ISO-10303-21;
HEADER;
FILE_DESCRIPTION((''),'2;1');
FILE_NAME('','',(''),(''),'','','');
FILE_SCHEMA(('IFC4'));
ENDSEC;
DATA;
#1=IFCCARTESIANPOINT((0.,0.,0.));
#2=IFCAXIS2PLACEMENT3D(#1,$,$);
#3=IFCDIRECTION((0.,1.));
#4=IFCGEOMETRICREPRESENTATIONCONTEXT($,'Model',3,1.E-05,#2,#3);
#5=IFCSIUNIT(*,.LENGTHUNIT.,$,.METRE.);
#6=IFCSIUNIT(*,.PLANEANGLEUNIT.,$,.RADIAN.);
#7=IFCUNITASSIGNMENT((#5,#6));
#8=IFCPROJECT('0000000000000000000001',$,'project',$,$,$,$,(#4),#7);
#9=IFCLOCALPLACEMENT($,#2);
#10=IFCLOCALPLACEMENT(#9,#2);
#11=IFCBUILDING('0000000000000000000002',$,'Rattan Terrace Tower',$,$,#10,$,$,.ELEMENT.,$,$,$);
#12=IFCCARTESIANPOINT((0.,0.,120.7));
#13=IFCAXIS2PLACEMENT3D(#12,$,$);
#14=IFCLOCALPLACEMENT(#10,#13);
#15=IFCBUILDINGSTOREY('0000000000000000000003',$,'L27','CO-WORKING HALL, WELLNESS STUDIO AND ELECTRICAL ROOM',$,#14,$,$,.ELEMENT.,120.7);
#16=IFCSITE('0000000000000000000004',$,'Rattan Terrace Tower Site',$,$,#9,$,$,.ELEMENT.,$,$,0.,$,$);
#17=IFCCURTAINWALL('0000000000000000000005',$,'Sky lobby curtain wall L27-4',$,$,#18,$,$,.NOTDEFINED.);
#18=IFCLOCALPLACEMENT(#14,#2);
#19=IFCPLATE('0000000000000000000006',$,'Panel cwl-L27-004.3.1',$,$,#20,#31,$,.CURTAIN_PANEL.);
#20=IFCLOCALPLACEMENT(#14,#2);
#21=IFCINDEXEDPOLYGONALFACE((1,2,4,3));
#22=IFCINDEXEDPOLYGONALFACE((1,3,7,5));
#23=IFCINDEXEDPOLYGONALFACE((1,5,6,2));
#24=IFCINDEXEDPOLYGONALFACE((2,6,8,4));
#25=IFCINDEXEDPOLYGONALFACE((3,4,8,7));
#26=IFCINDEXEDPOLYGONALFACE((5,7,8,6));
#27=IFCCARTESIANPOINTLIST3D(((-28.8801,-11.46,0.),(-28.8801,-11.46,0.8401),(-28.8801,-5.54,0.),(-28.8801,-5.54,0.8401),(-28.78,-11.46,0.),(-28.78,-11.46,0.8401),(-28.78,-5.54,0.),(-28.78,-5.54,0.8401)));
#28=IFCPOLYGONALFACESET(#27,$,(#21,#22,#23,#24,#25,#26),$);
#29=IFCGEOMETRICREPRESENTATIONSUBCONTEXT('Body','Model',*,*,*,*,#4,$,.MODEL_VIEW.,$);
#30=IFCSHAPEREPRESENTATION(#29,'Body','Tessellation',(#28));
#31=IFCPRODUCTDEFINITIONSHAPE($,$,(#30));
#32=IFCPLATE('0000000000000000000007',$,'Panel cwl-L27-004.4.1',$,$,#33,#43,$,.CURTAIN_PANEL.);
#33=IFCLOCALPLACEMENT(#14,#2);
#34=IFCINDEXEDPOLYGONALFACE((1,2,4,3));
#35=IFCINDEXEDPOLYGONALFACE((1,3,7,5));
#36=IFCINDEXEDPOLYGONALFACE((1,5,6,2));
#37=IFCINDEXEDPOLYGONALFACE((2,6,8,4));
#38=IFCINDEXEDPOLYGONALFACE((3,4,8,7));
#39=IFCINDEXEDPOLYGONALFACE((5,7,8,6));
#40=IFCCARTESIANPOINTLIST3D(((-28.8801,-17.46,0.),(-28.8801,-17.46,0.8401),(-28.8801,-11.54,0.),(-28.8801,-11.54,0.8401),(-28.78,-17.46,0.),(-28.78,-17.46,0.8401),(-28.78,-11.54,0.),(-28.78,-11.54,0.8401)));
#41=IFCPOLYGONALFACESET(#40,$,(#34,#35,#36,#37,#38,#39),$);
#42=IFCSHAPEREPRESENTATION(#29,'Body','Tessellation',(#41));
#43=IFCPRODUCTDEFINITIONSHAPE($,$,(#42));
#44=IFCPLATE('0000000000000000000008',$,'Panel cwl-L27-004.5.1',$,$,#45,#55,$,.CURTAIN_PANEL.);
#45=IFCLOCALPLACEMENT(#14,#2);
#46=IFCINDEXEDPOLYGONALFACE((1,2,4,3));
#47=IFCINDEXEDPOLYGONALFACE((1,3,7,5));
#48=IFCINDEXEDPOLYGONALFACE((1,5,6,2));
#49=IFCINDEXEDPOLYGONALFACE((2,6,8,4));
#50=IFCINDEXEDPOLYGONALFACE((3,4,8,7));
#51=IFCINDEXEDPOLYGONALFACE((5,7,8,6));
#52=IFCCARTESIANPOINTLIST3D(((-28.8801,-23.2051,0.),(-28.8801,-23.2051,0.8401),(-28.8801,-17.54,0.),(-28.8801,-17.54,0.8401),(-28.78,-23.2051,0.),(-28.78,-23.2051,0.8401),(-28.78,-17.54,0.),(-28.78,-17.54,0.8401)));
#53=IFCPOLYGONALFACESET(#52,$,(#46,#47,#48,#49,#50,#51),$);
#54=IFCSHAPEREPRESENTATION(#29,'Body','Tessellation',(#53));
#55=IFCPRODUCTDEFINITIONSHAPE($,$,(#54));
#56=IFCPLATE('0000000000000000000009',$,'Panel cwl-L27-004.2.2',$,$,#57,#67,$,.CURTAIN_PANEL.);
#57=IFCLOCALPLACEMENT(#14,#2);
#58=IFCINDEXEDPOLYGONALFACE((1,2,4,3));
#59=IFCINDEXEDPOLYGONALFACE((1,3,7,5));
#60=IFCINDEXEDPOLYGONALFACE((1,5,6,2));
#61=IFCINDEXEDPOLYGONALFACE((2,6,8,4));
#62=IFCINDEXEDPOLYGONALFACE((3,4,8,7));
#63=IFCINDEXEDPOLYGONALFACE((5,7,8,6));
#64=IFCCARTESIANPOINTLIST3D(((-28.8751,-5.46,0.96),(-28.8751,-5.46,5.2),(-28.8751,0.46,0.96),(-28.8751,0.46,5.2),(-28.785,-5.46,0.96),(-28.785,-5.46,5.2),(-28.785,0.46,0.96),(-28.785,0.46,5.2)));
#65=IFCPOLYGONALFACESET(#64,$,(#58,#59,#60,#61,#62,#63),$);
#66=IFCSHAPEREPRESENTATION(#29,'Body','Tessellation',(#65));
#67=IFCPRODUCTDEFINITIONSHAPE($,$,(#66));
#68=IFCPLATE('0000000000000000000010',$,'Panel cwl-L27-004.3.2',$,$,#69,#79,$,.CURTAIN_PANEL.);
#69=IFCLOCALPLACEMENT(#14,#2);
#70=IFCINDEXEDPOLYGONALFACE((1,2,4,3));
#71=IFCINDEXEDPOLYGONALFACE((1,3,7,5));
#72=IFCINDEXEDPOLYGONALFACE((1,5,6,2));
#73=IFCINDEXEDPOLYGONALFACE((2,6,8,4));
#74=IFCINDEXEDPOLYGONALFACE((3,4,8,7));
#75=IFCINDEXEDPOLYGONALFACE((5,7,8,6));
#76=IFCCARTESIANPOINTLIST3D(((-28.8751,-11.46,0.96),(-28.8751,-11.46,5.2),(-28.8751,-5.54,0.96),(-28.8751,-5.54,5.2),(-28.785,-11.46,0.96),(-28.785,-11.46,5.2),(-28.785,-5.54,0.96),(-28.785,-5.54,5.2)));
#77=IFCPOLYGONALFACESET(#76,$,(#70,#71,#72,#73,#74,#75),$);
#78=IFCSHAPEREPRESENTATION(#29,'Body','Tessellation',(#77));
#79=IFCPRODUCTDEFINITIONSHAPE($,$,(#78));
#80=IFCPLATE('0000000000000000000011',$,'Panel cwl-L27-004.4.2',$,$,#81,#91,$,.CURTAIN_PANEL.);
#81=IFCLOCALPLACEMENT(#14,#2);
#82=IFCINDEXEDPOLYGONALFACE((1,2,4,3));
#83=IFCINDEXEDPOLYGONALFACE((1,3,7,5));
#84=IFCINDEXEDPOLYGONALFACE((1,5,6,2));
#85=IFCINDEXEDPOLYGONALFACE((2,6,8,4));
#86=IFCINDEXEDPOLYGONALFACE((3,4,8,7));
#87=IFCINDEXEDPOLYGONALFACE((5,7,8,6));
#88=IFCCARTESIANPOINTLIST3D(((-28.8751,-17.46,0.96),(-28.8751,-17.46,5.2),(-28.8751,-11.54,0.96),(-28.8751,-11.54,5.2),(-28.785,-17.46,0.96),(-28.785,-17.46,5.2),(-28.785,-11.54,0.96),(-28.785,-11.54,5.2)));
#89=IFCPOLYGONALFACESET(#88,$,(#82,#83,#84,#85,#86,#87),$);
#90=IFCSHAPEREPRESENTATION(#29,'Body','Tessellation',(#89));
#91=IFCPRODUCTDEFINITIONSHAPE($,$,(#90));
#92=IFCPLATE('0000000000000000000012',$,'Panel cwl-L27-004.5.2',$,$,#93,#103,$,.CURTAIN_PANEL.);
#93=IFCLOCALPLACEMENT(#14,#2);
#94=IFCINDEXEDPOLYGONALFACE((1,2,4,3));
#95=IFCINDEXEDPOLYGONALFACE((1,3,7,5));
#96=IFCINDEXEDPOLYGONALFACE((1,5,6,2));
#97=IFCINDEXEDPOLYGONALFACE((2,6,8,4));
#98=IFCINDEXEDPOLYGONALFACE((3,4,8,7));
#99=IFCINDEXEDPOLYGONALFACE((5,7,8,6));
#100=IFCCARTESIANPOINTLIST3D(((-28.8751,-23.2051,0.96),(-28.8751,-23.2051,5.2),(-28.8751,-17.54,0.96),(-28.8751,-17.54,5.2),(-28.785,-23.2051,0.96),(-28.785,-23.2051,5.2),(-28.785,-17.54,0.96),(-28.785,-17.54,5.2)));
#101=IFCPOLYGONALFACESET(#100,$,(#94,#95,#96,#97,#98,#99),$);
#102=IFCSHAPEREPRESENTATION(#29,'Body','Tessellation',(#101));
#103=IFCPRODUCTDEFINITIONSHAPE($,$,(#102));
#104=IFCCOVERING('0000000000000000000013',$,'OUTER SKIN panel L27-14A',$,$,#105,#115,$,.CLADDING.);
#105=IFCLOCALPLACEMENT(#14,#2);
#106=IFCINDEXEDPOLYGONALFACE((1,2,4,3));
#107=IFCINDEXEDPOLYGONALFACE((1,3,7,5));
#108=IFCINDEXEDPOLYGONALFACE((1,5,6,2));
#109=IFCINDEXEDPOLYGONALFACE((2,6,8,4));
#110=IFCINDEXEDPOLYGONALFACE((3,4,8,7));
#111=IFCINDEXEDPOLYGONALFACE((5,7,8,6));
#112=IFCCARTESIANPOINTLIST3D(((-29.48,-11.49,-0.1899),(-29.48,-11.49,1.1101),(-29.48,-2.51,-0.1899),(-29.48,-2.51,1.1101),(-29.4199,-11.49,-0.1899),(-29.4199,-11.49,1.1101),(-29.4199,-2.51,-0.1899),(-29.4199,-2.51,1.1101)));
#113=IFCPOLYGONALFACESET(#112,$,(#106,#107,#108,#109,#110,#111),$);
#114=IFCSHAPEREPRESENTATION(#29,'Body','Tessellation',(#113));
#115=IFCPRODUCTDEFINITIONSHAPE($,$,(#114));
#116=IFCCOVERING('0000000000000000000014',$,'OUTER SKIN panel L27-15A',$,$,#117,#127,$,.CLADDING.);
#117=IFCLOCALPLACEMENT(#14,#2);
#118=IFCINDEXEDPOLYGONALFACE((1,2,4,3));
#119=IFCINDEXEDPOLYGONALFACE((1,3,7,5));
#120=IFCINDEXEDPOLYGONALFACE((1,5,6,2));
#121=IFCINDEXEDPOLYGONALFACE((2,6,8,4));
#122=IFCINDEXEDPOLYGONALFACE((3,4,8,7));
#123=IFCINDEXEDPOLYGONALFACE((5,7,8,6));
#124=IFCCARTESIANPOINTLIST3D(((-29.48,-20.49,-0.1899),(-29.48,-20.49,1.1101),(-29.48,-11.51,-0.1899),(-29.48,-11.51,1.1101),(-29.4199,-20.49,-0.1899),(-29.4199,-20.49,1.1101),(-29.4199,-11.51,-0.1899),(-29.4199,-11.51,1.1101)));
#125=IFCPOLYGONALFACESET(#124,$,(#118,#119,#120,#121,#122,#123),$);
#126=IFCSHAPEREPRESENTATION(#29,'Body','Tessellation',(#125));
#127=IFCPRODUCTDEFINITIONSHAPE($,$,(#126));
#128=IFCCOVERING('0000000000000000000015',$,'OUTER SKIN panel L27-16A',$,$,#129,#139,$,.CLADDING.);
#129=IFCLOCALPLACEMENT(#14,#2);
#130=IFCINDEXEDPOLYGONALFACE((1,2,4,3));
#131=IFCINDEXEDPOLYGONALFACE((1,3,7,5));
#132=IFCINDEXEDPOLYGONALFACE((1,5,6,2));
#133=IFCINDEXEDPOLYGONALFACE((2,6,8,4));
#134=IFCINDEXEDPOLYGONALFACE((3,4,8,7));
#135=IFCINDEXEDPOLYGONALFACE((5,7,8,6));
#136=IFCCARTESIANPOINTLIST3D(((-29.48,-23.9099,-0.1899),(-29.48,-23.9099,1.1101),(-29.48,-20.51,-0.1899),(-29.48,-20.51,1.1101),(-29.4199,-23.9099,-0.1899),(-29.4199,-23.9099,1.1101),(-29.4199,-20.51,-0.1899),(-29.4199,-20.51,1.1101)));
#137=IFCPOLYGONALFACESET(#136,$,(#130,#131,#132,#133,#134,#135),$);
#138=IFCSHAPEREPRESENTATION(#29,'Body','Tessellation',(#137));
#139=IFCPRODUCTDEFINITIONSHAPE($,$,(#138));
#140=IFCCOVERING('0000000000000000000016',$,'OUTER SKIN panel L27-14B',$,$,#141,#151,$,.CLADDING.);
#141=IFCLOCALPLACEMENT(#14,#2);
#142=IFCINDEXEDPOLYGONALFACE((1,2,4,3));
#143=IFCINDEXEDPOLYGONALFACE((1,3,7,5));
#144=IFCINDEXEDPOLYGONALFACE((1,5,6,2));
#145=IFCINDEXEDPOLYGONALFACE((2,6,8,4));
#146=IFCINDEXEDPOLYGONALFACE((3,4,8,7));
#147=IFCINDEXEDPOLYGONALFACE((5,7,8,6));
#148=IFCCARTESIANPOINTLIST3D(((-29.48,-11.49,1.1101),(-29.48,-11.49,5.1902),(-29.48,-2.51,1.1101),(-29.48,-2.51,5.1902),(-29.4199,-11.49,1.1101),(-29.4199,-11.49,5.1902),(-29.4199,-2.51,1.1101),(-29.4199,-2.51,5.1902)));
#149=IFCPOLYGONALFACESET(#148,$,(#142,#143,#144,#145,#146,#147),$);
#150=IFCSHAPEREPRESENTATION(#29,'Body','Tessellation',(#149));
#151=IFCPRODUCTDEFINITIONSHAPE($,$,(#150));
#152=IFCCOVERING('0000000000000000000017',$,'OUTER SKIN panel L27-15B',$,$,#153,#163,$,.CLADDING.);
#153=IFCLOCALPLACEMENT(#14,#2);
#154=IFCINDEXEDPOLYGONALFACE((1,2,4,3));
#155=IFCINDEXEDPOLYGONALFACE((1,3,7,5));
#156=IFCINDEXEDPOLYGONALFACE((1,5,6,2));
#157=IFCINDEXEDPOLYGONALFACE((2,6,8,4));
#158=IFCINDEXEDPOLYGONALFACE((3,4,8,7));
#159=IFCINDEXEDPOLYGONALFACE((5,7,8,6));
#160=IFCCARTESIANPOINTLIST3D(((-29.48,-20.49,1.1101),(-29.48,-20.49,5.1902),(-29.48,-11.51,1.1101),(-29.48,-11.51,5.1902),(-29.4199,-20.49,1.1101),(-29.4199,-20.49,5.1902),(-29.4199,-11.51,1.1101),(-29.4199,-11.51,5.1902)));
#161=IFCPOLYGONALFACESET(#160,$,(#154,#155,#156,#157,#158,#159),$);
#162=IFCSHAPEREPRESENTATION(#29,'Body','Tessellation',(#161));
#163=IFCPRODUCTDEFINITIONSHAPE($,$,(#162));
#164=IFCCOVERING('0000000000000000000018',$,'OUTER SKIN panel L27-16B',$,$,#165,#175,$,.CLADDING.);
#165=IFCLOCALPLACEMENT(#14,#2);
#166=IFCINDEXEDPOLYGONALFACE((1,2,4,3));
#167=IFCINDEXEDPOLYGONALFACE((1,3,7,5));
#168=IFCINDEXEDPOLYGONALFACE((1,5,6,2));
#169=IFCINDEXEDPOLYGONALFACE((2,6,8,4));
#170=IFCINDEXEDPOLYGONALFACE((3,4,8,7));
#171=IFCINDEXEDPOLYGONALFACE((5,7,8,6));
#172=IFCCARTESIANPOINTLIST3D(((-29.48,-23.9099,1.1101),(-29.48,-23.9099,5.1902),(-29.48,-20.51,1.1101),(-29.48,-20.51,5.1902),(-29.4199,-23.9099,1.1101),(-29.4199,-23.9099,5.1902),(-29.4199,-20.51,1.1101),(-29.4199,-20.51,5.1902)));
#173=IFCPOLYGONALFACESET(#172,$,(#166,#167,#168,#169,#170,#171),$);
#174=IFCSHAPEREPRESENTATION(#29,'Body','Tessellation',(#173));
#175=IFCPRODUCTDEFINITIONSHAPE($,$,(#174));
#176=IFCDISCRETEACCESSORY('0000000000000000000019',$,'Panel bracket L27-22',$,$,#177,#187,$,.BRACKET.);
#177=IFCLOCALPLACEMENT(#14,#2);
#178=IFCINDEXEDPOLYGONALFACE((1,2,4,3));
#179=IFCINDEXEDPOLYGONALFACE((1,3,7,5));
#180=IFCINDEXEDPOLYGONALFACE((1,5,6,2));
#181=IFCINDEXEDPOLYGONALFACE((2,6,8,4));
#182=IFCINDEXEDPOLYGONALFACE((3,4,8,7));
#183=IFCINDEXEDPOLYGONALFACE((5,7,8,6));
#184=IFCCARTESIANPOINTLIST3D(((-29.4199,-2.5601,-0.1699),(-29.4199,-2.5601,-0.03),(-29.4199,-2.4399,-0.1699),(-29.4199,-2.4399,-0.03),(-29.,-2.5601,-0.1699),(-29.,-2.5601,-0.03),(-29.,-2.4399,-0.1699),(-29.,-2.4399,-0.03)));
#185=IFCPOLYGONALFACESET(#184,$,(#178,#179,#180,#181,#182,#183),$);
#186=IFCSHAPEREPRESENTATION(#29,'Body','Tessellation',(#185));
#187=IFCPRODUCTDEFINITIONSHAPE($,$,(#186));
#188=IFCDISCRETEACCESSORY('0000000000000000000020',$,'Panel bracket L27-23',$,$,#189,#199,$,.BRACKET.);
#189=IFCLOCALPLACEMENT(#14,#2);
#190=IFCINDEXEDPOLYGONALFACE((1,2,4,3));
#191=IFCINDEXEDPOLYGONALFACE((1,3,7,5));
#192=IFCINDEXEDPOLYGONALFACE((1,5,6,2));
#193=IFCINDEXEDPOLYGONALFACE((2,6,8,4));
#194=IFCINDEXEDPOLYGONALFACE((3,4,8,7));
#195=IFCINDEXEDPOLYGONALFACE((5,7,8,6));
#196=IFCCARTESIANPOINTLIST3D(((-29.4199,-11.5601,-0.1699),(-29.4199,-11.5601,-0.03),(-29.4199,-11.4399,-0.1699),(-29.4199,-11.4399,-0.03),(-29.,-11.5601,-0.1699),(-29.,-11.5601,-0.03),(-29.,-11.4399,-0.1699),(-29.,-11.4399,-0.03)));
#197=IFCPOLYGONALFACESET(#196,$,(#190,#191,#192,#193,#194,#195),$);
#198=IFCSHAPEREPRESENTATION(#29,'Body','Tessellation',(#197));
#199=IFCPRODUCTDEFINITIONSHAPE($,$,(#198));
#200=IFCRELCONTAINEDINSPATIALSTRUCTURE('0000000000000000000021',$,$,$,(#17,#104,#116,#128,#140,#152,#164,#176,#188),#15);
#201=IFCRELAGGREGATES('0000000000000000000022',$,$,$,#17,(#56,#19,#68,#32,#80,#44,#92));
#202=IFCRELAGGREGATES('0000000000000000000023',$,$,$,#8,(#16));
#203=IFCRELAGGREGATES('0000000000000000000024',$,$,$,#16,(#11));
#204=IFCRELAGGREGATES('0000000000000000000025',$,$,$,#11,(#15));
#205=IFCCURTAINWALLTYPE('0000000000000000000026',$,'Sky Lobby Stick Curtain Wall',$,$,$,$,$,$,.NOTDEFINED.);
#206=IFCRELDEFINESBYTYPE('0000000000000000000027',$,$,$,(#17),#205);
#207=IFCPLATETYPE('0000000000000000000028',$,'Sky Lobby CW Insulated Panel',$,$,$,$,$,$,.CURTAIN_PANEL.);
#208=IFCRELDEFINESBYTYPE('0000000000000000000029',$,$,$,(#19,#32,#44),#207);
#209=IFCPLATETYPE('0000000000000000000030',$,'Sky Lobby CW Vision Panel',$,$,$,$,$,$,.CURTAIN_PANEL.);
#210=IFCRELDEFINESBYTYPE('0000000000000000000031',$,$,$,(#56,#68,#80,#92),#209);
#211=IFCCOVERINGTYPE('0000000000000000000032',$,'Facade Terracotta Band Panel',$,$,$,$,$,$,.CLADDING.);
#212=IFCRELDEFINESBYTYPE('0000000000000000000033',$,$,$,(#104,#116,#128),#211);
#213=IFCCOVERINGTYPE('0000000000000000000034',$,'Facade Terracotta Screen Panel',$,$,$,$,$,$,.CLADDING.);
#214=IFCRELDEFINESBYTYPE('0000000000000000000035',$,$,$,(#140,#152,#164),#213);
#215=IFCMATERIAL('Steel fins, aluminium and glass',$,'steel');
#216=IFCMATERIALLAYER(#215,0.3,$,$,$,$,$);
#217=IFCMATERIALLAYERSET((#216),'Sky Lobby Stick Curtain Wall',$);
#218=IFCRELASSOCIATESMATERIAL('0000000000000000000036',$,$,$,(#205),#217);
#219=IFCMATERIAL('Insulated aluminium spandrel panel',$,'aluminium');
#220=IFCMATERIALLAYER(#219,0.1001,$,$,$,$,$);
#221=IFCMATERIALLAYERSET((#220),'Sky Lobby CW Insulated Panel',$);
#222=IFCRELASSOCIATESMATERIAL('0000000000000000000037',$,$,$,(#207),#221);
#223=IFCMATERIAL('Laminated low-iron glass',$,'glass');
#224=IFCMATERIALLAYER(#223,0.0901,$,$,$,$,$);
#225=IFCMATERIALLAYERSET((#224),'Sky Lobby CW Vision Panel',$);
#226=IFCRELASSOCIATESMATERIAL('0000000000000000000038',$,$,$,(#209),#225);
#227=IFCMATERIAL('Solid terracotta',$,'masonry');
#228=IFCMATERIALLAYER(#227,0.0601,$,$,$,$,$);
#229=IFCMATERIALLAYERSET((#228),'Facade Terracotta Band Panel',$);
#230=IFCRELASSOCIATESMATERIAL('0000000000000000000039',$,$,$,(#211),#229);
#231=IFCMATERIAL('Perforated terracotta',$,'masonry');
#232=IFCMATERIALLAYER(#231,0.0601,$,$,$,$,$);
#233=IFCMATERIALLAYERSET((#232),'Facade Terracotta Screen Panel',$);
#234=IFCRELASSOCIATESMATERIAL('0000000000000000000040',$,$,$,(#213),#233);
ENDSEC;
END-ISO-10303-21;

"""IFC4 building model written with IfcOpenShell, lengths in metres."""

from ifc_helpers import new_model, si_unit, direction, frame, origin, origin_2d, place, context, subcontext, project, spatial, rectangle, extrude, material, layer, layer_set, type_object, element, aggregate, save


model = new_model("IFC4")

# Units and contexts
model_context = context("Model", 3, precision=1e-05, world=origin(), true_north=direction((0.0, 1.0)))
body_context = subcontext(model_context, "Body", "Model", "MODEL_VIEW")
ifc_project = project(units=[si_unit("LENGTHUNIT", "METRE"), si_unit("PLANEANGLEUNIT", "RADIAN")], contexts=[model_context])

# Site, building, storey
site_placement = place(None, origin())
site = spatial("IfcSite", under=ifc_project, at=site_placement, Name="Rattan Terrace Tower Site", CompositionType="ELEMENT", RefElevation=0.0)
building_placement = place(site_placement, origin())
building = spatial("IfcBuilding", under=site, at=building_placement, Name="Rattan Terrace Tower", CompositionType="ELEMENT")
storey_placement = place(building_placement, frame((0.0, 0.0, 120.7)))
storey = spatial("IfcBuildingStorey", under=building, at=storey_placement, Name="L27", Description="CO-WORKING HALL, WELLNESS STUDIO AND ELECTRICAL ROOM", CompositionType="ELEMENT", Elevation=120.7)

# Curtain wall, plates
ifc_material_1 = material(Name="Steel fins, aluminium and glass", Category="steel")
ifc_layer_1 = layer(ifc_material_1, 0.3)
ifc_layer_set_1 = layer_set([ifc_layer_1], Name="Sky Lobby Stick Curtain Wall")
curtain_wall_type = type_object("IfcCurtainWallType", Name="Sky Lobby Stick Curtain Wall", PredefinedType="NOTDEFINED", material=ifc_layer_set_1)
curtain_wall_placement = place(storey_placement, origin())
curtain_wall = element("IfcCurtainWall", 1, at=curtain_wall_placement, inside=storey, type_object=curtain_wall_type, Name="Sky lobby curtain wall L27-4", PredefinedType="NOTDEFINED")
ifc_material_2 = material(Name="Insulated aluminium spandrel panel", Category="aluminium")
ifc_layer_2 = layer(ifc_material_2, 0.1001)
ifc_layer_set_2 = layer_set([ifc_layer_2], Name="Sky Lobby CW Insulated Panel")
plate_type_1 = type_object("IfcPlateType", Name="Sky Lobby CW Insulated Panel", PredefinedType="CURTAIN_PANEL", material=ifc_layer_set_2)
plate_1_placement = place(storey_placement, frame((-28.8301, -8.5, 0.0), z_axis=(0.0, 0.0, 1.0), x_axis=(0.0, -1.0, 0.0)))
plate_1 = element("IfcPlate", 2, at=plate_1_placement, type_object=plate_type_1, Name="Panel cwl-L27-004.3.1", PredefinedType="CURTAIN_PANEL", context=body_context, shape_type="SweptSolid", body=[
    extrude(rectangle(XDim=5.9199, YDim=0.1001, at=origin_2d()), origin(), (0.0, 0.0, 1.0), 0.8401),
])
plate_2_placement = place(storey_placement, frame((-28.8301, -14.5, 0.0), z_axis=(0.0, 0.0, 1.0), x_axis=(0.0, -1.0, 0.0)))
plate_2 = element("IfcPlate", 3, at=plate_2_placement, type_object=plate_type_1, Name="Panel cwl-L27-004.4.1", PredefinedType="CURTAIN_PANEL", context=body_context, shape_type="SweptSolid", body=[
    extrude(rectangle(XDim=5.9199, YDim=0.1001, at=origin_2d()), origin(), (0.0, 0.0, 1.0), 0.8401),
])
plate_3_placement = place(storey_placement, frame((-28.8301, -20.3726, 0.0), z_axis=(0.0, 0.0, 1.0), x_axis=(0.0, -1.0, 0.0)))
plate_3 = element("IfcPlate", 4, at=plate_3_placement, type_object=plate_type_1, Name="Panel cwl-L27-004.5.1", PredefinedType="CURTAIN_PANEL", context=body_context, shape_type="SweptSolid", body=[
    extrude(rectangle(XDim=5.665, YDim=0.1001, at=origin_2d()), origin(), (0.0, 0.0, 1.0), 0.8401),
])
ifc_material_3 = material(Name="Laminated low-iron glass", Category="glass")
ifc_layer_3 = layer(ifc_material_3, 0.0901)
ifc_layer_set_3 = layer_set([ifc_layer_3], Name="Sky Lobby CW Vision Panel")
plate_type_2 = type_object("IfcPlateType", Name="Sky Lobby CW Vision Panel", PredefinedType="CURTAIN_PANEL", material=ifc_layer_set_3)
plate_4_placement = place(storey_placement, frame((-28.8301, -2.5, 0.96), z_axis=(0.0, 0.0, 1.0), x_axis=(0.0, -1.0, 0.0)))
plate_4 = element("IfcPlate", 5, at=plate_4_placement, type_object=plate_type_2, Name="Panel cwl-L27-004.2.2", PredefinedType="CURTAIN_PANEL", context=body_context, shape_type="SweptSolid", body=[
    extrude(rectangle(XDim=5.9199, YDim=0.0901, at=origin_2d()), origin(), (0.0, 0.0, 1.0), 4.24),
])
plate_5_placement = place(storey_placement, frame((-28.8301, -8.5, 0.96), z_axis=(0.0, 0.0, 1.0), x_axis=(0.0, -1.0, 0.0)))
plate_5 = element("IfcPlate", 6, at=plate_5_placement, type_object=plate_type_2, Name="Panel cwl-L27-004.3.2", PredefinedType="CURTAIN_PANEL", context=body_context, shape_type="SweptSolid", body=[
    extrude(rectangle(XDim=5.9199, YDim=0.0901, at=origin_2d()), origin(), (0.0, 0.0, 1.0), 4.24),
])
plate_6_placement = place(storey_placement, frame((-28.8301, -14.5, 0.96), z_axis=(0.0, 0.0, 1.0), x_axis=(0.0, -1.0, 0.0)))
plate_6 = element("IfcPlate", 7, at=plate_6_placement, type_object=plate_type_2, Name="Panel cwl-L27-004.4.2", PredefinedType="CURTAIN_PANEL", context=body_context, shape_type="SweptSolid", body=[
    extrude(rectangle(XDim=5.9199, YDim=0.0901, at=origin_2d()), origin(), (0.0, 0.0, 1.0), 4.24),
])
plate_7_placement = place(storey_placement, frame((-28.8301, -20.3726, 0.96), z_axis=(0.0, 0.0, 1.0), x_axis=(0.0, -1.0, 0.0)))
plate_7 = element("IfcPlate", 8, at=plate_7_placement, type_object=plate_type_2, Name="Panel cwl-L27-004.5.2", PredefinedType="CURTAIN_PANEL", context=body_context, shape_type="SweptSolid", body=[
    extrude(rectangle(XDim=5.665, YDim=0.0901, at=origin_2d()), origin(), (0.0, 0.0, 1.0), 4.24),
])
aggregate(curtain_wall, [plate_4, plate_1, plate_5, plate_2, plate_6, plate_3, plate_7])

# Coverings
ifc_material_4 = material(Name="Solid terracotta", Category="masonry")
ifc_layer_4 = layer(ifc_material_4, 0.0601)
ifc_layer_set_4 = layer_set([ifc_layer_4], Name="Facade Terracotta Band Panel")
covering_type_1 = type_object("IfcCoveringType", Name="Facade Terracotta Band Panel", PredefinedType="CLADDING", material=ifc_layer_set_4)
for number, where, z_axis, x_axis, name in (
    (9, (-29.45, -7.0, -0.1899), (0.0, 0.0, 1.0), (0.0, -1.0, 0.0), "OUTER SKIN panel L27-14A"),
    (10, (-29.45, -16.0, -0.1899), (0.0, 0.0, 1.0), (0.0, -1.0, 0.0), "OUTER SKIN panel L27-15A"),
):
    element("IfcCovering", number, at=place(storey_placement, frame(where, z_axis=z_axis, x_axis=x_axis)), inside=storey, type_object=covering_type_1, Name=name, PredefinedType="CLADDING", context=body_context, shape_type="SweptSolid", body=[
        extrude(rectangle(XDim=8.98, YDim=0.0601, at=origin_2d()), origin(), (0.0, 0.0, 1.0), 1.3),
    ])
covering_1_placement = place(storey_placement, frame((-29.45, -22.21, -0.1899), z_axis=(0.0, 0.0, 1.0), x_axis=(0.0, -1.0, 0.0)))
element("IfcCovering", 11, at=covering_1_placement, inside=storey, type_object=covering_type_1, Name="OUTER SKIN panel L27-16A", PredefinedType="CLADDING", context=body_context, shape_type="SweptSolid", body=[
    extrude(rectangle(XDim=3.3999, YDim=0.0601, at=origin_2d()), origin(), (0.0, 0.0, 1.0), 1.3),
])
ifc_material_5 = material(Name="Perforated terracotta", Category="masonry")
ifc_layer_5 = layer(ifc_material_5, 0.0601)
ifc_layer_set_5 = layer_set([ifc_layer_5], Name="Facade Terracotta Screen Panel")
covering_type_2 = type_object("IfcCoveringType", Name="Facade Terracotta Screen Panel", PredefinedType="CLADDING", material=ifc_layer_set_5)
for number, where, z_axis, x_axis, name in (
    (12, (-29.45, -7.0, 1.1101), (0.0, 0.0, 1.0), (0.0, -1.0, 0.0), "OUTER SKIN panel L27-14B"),
    (13, (-29.45, -16.0, 1.1101), (0.0, 0.0, 1.0), (0.0, -1.0, 0.0), "OUTER SKIN panel L27-15B"),
):
    element("IfcCovering", number, at=place(storey_placement, frame(where, z_axis=z_axis, x_axis=x_axis)), inside=storey, type_object=covering_type_2, Name=name, PredefinedType="CLADDING", context=body_context, shape_type="SweptSolid", body=[
        extrude(rectangle(XDim=8.98, YDim=0.0601, at=origin_2d()), origin(), (0.0, 0.0, 1.0), 4.0801),
    ])
covering_2_placement = place(storey_placement, frame((-29.45, -22.21, 1.1101), z_axis=(0.0, 0.0, 1.0), x_axis=(0.0, -1.0, 0.0)))
element("IfcCovering", 14, at=covering_2_placement, inside=storey, type_object=covering_type_2, Name="OUTER SKIN panel L27-16B", PredefinedType="CLADDING", context=body_context, shape_type="SweptSolid", body=[
    extrude(rectangle(XDim=3.3999, YDim=0.0601, at=origin_2d()), origin(), (0.0, 0.0, 1.0), 4.0801),
])

# Discrete accessories
for number, where, z_axis, x_axis, name in (
    (15, (-29.21, -2.5, -0.1699), (0.0, 0.0, 1.0), (0.0, -1.0, 0.0), "Panel bracket L27-22"),
    (16, (-29.21, -11.5, -0.1699), (0.0, 0.0, 1.0), (0.0, -1.0, 0.0), "Panel bracket L27-23"),
):
    element("IfcDiscreteAccessory", number, at=place(storey_placement, frame(where, z_axis=z_axis, x_axis=x_axis)), inside=storey, Name=name, PredefinedType="BRACKET", context=body_context, shape_type="SweptSolid", body=[
        extrude(rectangle(XDim=0.1201, YDim=0.4199, at=origin_2d()), origin(), (0.0, 0.0, 1.0), 0.1399),
    ])

save(model, "model.ifc")
